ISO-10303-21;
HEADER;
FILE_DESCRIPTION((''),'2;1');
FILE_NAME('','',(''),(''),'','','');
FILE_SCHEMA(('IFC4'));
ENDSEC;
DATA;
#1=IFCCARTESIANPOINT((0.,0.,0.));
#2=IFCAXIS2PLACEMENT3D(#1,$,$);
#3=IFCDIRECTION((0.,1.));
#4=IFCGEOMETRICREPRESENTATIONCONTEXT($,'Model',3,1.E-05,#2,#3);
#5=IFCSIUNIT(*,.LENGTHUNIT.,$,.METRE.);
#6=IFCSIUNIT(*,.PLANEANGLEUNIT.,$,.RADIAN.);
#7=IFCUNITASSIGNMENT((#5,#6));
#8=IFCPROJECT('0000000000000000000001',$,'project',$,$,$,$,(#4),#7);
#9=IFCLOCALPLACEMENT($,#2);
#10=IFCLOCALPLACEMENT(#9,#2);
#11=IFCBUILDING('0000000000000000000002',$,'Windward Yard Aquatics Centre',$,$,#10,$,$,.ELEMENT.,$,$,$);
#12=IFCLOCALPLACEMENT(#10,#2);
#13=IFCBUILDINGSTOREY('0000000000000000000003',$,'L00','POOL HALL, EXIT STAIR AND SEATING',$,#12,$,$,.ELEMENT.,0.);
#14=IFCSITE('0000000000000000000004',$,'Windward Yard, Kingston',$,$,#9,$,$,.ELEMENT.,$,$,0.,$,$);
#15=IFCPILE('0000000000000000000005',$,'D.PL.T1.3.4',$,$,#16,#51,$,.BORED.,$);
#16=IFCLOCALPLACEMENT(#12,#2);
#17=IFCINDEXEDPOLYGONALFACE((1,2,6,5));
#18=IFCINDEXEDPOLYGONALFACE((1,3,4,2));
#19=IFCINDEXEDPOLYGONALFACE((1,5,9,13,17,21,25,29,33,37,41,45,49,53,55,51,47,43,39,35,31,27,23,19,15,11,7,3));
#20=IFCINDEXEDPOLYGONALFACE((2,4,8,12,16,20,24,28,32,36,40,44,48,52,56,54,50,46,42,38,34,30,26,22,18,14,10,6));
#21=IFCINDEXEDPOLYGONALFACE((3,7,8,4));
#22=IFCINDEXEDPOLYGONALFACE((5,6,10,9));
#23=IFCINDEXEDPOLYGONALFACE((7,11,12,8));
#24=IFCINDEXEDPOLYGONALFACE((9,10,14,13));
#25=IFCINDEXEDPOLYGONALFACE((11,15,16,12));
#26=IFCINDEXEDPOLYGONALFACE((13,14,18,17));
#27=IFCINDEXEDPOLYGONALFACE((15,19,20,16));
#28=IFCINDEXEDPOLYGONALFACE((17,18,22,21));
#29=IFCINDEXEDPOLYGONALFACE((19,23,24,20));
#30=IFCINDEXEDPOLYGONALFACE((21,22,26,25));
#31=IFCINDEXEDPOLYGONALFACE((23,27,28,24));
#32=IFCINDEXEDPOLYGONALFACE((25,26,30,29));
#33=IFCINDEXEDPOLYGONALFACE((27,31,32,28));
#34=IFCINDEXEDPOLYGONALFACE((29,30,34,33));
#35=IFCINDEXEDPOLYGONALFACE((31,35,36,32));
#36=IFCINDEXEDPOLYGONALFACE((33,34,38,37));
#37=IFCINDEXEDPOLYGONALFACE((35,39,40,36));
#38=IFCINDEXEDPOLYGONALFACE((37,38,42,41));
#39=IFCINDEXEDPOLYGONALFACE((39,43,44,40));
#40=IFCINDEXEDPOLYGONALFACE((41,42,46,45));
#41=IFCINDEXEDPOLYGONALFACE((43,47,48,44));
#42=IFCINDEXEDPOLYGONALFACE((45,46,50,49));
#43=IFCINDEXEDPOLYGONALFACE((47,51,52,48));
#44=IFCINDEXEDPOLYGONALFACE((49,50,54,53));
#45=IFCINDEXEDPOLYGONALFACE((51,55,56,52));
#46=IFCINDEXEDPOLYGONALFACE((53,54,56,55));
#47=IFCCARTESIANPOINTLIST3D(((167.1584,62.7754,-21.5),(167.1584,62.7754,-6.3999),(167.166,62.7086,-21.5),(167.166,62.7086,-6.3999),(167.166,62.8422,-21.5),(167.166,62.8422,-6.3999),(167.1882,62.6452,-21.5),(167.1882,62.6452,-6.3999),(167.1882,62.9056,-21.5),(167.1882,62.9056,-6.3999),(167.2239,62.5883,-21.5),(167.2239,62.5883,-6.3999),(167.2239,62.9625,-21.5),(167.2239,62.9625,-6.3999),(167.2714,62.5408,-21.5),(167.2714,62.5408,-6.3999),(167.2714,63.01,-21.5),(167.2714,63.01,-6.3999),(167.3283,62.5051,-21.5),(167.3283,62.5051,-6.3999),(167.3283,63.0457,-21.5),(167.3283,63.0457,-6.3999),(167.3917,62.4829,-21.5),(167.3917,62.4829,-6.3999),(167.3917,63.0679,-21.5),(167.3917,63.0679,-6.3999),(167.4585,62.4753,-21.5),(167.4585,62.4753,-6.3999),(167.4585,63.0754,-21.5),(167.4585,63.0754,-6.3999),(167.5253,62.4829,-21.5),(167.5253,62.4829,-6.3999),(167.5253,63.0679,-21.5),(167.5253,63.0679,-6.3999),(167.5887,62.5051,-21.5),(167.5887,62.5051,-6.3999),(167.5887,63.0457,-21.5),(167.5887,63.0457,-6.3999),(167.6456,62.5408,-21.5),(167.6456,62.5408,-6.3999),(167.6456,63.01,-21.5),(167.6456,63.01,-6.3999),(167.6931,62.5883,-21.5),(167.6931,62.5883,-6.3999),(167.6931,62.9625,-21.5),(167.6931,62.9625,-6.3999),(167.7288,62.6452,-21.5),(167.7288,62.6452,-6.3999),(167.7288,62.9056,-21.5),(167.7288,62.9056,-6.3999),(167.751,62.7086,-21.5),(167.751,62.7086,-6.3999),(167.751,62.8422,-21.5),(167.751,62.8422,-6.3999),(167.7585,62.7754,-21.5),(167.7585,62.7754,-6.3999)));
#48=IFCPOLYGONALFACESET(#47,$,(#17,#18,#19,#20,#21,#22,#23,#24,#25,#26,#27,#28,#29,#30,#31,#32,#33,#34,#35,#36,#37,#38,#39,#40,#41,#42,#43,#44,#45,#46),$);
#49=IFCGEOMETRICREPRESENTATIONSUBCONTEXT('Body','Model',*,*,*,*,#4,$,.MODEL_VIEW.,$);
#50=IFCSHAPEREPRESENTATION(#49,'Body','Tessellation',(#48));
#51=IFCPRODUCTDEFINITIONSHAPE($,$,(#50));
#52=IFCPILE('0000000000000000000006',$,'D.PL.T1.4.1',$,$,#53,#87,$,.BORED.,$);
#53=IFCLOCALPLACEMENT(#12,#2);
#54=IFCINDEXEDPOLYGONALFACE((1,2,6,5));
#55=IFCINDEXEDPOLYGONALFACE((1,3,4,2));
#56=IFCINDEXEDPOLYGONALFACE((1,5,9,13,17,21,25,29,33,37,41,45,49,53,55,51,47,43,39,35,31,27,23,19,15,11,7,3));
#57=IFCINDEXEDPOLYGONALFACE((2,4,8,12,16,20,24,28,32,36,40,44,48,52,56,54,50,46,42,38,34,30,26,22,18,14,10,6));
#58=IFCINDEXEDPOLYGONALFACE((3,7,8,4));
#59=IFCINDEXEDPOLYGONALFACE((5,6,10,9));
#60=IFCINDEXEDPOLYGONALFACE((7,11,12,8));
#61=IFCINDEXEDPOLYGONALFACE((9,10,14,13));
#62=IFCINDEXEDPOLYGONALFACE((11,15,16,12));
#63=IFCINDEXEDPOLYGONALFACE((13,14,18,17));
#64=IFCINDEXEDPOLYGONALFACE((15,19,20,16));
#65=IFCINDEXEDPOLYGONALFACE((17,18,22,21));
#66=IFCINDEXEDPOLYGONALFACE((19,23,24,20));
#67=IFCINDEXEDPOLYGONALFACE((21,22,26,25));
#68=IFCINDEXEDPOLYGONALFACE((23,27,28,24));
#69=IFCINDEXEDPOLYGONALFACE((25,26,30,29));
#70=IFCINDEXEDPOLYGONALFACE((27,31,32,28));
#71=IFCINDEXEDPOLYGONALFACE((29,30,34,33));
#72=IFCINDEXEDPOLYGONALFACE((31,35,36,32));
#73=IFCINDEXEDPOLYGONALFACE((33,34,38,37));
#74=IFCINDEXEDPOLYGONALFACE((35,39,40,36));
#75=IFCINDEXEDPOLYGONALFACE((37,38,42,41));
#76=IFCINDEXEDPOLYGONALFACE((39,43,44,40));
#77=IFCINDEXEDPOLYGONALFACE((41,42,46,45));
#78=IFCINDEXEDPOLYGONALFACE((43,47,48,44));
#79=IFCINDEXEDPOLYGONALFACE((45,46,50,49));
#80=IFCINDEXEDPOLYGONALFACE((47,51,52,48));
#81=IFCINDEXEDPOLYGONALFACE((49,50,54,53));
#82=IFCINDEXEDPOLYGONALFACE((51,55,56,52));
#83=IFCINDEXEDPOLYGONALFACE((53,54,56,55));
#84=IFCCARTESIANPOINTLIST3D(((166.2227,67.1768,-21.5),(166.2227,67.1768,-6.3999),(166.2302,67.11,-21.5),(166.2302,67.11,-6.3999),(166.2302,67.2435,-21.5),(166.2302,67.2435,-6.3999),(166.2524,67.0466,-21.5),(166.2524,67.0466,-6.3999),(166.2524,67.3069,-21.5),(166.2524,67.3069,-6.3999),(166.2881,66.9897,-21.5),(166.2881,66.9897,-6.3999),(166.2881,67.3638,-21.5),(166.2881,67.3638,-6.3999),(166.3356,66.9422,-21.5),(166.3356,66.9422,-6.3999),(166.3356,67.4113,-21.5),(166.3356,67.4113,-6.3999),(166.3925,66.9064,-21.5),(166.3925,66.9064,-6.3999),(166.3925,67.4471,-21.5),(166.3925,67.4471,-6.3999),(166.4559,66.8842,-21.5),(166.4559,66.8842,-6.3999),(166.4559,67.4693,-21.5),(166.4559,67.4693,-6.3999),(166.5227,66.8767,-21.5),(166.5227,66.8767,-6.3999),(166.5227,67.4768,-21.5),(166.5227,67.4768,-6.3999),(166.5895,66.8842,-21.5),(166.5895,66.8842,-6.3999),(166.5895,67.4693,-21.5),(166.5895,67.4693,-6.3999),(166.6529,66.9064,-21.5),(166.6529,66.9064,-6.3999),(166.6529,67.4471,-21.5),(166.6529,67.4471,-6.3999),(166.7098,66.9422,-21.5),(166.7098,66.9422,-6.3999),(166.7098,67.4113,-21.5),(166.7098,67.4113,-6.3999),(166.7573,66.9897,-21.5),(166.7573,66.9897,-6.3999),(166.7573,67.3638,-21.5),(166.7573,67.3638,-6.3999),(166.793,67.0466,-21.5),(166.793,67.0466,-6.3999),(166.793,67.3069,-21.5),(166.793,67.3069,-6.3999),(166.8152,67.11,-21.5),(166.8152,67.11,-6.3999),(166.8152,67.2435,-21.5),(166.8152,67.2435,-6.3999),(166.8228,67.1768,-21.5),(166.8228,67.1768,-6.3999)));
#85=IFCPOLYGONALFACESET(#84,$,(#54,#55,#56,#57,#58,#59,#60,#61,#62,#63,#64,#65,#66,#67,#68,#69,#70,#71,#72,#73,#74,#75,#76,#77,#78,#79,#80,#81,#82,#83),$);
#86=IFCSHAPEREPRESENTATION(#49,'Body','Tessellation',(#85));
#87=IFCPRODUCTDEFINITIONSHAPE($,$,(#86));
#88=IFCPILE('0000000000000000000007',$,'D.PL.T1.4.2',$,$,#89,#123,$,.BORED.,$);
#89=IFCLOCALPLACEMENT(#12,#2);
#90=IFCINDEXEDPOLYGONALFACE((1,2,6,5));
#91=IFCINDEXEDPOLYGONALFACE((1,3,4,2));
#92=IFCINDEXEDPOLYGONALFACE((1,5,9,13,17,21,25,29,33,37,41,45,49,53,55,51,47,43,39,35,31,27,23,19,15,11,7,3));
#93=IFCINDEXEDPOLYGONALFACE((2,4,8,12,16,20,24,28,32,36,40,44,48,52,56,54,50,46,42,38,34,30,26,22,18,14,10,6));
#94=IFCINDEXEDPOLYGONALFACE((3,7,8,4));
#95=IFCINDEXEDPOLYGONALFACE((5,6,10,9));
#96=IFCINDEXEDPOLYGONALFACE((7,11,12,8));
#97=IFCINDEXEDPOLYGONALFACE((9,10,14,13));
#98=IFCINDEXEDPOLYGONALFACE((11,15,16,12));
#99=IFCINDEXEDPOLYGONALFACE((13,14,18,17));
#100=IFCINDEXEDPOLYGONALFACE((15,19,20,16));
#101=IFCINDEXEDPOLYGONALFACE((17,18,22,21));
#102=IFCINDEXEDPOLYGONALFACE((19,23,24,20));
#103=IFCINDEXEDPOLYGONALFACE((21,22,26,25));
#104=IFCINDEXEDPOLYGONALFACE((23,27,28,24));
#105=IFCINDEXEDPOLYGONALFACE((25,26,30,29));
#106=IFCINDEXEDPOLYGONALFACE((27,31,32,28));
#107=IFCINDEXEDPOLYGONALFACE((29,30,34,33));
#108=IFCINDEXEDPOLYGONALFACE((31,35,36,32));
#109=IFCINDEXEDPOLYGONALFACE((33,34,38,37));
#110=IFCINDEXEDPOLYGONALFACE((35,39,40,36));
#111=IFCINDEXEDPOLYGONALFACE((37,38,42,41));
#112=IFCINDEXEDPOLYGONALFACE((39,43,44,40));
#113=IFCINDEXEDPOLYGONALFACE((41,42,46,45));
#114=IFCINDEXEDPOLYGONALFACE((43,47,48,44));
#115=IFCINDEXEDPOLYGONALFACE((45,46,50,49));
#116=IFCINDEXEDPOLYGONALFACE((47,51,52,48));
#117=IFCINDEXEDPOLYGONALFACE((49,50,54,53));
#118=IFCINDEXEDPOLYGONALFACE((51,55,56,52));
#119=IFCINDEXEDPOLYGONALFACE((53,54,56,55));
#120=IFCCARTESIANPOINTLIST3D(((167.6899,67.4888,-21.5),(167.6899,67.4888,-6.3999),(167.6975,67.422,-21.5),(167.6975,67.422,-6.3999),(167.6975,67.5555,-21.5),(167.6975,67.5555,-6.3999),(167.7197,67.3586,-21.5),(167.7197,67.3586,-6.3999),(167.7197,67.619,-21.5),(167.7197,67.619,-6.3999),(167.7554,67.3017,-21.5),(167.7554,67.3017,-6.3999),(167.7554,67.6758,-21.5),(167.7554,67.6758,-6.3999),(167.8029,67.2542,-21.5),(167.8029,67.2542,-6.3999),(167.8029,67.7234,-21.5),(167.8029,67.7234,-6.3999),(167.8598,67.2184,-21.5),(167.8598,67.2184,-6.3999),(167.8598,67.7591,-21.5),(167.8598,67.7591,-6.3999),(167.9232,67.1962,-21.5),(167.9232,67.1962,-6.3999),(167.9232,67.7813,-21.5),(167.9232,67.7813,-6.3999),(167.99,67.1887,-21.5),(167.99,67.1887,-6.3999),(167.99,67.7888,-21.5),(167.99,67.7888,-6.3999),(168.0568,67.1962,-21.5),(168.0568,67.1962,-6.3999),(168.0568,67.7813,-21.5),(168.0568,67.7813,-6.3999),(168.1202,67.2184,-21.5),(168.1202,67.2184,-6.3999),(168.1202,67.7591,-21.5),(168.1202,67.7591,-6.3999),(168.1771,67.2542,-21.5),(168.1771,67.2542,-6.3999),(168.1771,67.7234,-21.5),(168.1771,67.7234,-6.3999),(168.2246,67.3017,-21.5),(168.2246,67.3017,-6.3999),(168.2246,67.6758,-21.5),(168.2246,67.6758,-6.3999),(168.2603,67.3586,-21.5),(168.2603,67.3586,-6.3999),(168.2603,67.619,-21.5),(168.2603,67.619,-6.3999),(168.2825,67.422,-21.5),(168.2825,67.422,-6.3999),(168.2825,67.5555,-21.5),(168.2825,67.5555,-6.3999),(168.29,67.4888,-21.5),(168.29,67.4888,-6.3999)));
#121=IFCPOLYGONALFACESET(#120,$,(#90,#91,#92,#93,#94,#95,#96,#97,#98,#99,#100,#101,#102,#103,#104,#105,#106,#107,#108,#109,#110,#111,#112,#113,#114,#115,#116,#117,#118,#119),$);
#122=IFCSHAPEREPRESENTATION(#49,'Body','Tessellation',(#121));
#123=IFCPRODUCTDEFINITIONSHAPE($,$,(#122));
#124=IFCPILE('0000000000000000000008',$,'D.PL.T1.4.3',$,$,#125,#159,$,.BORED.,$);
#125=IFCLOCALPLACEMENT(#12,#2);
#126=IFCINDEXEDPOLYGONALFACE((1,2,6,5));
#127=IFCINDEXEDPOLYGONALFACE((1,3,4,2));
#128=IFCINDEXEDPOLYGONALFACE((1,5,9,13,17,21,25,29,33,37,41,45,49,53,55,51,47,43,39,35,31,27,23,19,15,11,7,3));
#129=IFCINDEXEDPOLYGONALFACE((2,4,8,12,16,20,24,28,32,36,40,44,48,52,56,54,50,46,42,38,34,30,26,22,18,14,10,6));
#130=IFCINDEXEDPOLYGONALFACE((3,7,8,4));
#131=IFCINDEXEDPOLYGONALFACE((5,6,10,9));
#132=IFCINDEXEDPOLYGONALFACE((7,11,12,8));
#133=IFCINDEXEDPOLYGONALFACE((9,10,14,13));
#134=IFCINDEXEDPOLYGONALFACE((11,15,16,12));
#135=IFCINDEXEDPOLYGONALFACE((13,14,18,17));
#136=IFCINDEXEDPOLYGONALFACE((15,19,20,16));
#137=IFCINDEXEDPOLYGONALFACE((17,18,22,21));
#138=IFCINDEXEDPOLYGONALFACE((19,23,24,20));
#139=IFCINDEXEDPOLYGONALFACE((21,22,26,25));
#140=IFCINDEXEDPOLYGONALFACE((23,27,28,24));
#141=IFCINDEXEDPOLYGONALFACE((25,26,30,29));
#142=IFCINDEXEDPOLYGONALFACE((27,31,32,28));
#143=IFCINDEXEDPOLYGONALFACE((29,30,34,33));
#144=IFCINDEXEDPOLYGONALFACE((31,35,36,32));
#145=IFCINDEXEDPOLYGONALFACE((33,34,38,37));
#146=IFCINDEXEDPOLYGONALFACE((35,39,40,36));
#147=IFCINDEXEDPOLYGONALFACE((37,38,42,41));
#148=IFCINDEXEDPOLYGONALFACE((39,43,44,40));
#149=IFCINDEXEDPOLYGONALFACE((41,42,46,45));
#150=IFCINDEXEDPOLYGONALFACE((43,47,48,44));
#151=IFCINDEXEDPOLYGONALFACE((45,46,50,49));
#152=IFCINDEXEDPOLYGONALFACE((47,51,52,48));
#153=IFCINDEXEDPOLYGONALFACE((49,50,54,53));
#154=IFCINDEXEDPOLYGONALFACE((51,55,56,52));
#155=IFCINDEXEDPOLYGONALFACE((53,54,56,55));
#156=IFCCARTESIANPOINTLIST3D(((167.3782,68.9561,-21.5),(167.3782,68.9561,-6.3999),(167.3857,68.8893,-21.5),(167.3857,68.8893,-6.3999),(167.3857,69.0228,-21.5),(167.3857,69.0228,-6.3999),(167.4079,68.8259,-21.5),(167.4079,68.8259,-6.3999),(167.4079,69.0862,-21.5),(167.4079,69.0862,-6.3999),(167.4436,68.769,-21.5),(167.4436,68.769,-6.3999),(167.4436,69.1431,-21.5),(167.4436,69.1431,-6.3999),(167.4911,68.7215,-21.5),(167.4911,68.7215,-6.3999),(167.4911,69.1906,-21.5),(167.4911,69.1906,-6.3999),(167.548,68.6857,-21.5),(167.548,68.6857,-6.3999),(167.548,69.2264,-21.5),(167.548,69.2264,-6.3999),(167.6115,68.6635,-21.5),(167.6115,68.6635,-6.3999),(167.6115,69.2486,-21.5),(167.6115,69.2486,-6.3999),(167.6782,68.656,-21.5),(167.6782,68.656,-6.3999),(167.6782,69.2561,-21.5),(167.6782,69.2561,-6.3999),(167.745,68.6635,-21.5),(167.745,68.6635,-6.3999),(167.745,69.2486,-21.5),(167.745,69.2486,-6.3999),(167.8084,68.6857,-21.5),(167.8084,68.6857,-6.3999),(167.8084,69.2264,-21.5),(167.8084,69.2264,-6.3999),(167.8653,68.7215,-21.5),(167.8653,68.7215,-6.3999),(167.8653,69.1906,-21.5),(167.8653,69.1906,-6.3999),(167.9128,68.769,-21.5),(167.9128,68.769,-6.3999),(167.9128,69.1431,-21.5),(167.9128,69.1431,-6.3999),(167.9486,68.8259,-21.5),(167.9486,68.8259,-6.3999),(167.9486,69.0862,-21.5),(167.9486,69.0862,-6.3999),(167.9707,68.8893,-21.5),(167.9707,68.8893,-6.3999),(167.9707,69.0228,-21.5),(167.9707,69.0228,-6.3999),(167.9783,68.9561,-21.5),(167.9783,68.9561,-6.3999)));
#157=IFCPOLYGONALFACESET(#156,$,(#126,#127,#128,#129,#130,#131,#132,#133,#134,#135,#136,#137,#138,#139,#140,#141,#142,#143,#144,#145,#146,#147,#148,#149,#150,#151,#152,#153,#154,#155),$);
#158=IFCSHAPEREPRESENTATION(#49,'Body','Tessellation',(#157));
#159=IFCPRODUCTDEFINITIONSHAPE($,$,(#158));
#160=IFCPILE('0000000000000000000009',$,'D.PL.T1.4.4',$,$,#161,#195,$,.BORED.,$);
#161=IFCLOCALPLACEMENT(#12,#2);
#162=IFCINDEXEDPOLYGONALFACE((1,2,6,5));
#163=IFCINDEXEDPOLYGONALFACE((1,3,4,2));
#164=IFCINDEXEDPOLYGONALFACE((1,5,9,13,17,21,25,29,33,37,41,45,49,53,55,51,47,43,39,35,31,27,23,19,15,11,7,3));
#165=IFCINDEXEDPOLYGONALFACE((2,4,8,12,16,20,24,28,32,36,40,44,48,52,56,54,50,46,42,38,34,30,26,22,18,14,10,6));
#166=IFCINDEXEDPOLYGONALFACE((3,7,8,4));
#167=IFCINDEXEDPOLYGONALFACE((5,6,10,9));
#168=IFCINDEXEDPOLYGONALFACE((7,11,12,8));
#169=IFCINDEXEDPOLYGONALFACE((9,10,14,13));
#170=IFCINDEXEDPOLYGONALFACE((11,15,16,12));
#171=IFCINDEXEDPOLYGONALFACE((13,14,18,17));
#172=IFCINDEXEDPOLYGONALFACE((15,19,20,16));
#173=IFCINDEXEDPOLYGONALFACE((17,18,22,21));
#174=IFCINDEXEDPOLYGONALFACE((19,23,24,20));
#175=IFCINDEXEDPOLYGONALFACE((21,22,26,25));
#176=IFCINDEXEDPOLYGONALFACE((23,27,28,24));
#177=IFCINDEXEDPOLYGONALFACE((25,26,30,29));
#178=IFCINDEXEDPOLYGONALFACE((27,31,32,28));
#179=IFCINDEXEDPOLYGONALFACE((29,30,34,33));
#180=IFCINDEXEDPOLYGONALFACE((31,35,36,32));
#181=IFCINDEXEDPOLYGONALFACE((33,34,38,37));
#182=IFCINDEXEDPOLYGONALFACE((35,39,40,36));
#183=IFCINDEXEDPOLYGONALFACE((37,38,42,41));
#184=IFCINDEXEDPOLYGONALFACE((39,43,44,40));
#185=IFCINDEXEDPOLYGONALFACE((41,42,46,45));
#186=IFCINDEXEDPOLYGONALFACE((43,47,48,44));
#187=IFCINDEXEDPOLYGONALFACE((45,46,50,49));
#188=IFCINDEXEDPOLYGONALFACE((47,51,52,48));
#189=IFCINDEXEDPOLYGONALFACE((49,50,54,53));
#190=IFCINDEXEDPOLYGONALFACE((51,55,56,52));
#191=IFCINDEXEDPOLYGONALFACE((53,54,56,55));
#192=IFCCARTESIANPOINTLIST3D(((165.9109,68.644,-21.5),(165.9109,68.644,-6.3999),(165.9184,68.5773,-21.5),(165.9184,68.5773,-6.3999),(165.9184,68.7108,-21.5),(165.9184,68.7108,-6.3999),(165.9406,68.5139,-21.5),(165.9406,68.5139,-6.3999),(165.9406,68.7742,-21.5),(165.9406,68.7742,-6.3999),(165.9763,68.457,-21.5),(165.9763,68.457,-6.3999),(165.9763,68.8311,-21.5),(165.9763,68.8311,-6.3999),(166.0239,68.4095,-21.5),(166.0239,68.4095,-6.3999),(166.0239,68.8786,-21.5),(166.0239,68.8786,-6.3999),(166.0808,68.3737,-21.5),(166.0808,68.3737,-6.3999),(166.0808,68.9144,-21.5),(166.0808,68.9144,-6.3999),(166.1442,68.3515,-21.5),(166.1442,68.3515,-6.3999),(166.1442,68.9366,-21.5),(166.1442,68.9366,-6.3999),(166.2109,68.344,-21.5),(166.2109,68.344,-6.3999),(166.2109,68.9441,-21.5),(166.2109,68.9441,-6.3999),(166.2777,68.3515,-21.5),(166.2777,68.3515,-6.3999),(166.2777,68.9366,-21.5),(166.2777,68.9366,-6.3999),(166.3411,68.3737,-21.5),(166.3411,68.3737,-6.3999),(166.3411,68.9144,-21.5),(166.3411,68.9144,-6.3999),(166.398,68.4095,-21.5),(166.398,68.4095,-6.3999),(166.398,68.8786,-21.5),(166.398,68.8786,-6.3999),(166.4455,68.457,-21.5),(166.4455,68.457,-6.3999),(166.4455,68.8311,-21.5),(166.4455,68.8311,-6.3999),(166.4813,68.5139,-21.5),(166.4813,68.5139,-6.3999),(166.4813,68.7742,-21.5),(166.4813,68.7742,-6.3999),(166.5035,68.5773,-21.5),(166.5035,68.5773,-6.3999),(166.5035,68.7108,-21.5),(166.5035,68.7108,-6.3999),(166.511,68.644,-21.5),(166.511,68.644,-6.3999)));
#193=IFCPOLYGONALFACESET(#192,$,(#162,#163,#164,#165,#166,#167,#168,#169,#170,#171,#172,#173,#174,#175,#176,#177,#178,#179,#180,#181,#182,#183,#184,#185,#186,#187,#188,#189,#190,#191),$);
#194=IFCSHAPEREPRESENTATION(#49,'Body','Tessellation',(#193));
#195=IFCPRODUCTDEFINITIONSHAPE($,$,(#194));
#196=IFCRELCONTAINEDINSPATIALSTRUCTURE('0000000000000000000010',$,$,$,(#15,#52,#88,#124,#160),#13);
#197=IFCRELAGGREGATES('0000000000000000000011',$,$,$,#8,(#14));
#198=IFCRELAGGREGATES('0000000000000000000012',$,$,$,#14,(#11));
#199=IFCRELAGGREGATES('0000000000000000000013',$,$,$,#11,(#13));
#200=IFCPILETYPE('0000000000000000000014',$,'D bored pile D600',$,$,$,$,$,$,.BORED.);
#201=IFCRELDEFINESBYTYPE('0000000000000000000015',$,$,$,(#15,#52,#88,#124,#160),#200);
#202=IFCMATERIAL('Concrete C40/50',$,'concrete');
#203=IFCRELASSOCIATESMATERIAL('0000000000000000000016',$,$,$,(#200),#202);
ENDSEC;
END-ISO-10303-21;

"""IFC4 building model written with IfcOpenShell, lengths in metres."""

from ifc_helpers import new_model, si_unit, direction, frame, origin, origin_2d, place, context, subcontext, project, spatial, circle, extrude, material, material_profile, profile_set, type_object, element, save


model = new_model("IFC4")

# Units and contexts
model_context = context("Model", 3, precision=1e-05, world=origin(), true_north=direction((0.0, 1.0)))
body_context = subcontext(model_context, "Body", "Model", "MODEL_VIEW")
ifc_project = project(units=[si_unit("LENGTHUNIT", "METRE"), si_unit("PLANEANGLEUNIT", "RADIAN")], contexts=[model_context])

# Site, building, storey
site_placement = place(None, origin())
site = spatial("IfcSite", under=ifc_project, at=site_placement, Name="Windward Yard, Kingston", CompositionType="ELEMENT", RefElevation=0.0)
building_placement = place(site_placement, origin())
building = spatial("IfcBuilding", under=site, at=building_placement, Name="Windward Yard Aquatics Centre", CompositionType="ELEMENT")
storey_placement = place(building_placement, origin())
storey = spatial("IfcBuildingStorey", under=building, at=storey_placement, Name="L00", Description="POOL HALL, EXIT STAIR AND SEATING", CompositionType="ELEMENT", Elevation=0.0)

# Piles
ifc_material_1 = material(Name="Concrete C40/50", Category="concrete")
ifc_material_profile_1 = material_profile(ifc_material_1, circle(Radius=0.3, at=origin_2d()), Name="RC D600")
ifc_profile_set_1 = profile_set([ifc_material_profile_1], Name="Concrete C40/50")
pile_type = type_object("IfcPileType", Name="D bored pile D600", PredefinedType="BORED", material=ifc_profile_set_1)
for number, where, z_axis, x_axis, name in (
    (1, (167.4585, 62.7754, -6.3999), (0.0, 0.0, -1.0), (1.0, 0.0, 0.0), "D.PL.T1.3.4"),
    (2, (166.5227, 67.1768, -6.3999), (0.0, 0.0, -1.0), (1.0, 0.0, 0.0), "D.PL.T1.4.1"),
    (3, (167.99, 67.4888, -6.3999), (0.0, 0.0, -1.0), (1.0, 0.0, 0.0), "D.PL.T1.4.2"),
    (4, (167.6782, 68.9561, -6.3999), (0.0, 0.0, -1.0), (1.0, 0.0, 0.0), "D.PL.T1.4.3"),
    (5, (166.2109, 68.644, -6.3999), (0.0, 0.0, -1.0), (1.0, 0.0, 0.0), "D.PL.T1.4.4"),
):
    element("IfcPile", number, at=place(storey_placement, frame(where, z_axis=z_axis, x_axis=x_axis)), inside=storey, type_object=pile_type, Name=name, PredefinedType="BORED", context=body_context, shape_type="SweptSolid", body=[
        extrude(circle(Radius=0.3, at=origin_2d()), origin(), (0.0, 0.0, 1.0), 15.1001),
    ])

save(model, "model.ifc")
